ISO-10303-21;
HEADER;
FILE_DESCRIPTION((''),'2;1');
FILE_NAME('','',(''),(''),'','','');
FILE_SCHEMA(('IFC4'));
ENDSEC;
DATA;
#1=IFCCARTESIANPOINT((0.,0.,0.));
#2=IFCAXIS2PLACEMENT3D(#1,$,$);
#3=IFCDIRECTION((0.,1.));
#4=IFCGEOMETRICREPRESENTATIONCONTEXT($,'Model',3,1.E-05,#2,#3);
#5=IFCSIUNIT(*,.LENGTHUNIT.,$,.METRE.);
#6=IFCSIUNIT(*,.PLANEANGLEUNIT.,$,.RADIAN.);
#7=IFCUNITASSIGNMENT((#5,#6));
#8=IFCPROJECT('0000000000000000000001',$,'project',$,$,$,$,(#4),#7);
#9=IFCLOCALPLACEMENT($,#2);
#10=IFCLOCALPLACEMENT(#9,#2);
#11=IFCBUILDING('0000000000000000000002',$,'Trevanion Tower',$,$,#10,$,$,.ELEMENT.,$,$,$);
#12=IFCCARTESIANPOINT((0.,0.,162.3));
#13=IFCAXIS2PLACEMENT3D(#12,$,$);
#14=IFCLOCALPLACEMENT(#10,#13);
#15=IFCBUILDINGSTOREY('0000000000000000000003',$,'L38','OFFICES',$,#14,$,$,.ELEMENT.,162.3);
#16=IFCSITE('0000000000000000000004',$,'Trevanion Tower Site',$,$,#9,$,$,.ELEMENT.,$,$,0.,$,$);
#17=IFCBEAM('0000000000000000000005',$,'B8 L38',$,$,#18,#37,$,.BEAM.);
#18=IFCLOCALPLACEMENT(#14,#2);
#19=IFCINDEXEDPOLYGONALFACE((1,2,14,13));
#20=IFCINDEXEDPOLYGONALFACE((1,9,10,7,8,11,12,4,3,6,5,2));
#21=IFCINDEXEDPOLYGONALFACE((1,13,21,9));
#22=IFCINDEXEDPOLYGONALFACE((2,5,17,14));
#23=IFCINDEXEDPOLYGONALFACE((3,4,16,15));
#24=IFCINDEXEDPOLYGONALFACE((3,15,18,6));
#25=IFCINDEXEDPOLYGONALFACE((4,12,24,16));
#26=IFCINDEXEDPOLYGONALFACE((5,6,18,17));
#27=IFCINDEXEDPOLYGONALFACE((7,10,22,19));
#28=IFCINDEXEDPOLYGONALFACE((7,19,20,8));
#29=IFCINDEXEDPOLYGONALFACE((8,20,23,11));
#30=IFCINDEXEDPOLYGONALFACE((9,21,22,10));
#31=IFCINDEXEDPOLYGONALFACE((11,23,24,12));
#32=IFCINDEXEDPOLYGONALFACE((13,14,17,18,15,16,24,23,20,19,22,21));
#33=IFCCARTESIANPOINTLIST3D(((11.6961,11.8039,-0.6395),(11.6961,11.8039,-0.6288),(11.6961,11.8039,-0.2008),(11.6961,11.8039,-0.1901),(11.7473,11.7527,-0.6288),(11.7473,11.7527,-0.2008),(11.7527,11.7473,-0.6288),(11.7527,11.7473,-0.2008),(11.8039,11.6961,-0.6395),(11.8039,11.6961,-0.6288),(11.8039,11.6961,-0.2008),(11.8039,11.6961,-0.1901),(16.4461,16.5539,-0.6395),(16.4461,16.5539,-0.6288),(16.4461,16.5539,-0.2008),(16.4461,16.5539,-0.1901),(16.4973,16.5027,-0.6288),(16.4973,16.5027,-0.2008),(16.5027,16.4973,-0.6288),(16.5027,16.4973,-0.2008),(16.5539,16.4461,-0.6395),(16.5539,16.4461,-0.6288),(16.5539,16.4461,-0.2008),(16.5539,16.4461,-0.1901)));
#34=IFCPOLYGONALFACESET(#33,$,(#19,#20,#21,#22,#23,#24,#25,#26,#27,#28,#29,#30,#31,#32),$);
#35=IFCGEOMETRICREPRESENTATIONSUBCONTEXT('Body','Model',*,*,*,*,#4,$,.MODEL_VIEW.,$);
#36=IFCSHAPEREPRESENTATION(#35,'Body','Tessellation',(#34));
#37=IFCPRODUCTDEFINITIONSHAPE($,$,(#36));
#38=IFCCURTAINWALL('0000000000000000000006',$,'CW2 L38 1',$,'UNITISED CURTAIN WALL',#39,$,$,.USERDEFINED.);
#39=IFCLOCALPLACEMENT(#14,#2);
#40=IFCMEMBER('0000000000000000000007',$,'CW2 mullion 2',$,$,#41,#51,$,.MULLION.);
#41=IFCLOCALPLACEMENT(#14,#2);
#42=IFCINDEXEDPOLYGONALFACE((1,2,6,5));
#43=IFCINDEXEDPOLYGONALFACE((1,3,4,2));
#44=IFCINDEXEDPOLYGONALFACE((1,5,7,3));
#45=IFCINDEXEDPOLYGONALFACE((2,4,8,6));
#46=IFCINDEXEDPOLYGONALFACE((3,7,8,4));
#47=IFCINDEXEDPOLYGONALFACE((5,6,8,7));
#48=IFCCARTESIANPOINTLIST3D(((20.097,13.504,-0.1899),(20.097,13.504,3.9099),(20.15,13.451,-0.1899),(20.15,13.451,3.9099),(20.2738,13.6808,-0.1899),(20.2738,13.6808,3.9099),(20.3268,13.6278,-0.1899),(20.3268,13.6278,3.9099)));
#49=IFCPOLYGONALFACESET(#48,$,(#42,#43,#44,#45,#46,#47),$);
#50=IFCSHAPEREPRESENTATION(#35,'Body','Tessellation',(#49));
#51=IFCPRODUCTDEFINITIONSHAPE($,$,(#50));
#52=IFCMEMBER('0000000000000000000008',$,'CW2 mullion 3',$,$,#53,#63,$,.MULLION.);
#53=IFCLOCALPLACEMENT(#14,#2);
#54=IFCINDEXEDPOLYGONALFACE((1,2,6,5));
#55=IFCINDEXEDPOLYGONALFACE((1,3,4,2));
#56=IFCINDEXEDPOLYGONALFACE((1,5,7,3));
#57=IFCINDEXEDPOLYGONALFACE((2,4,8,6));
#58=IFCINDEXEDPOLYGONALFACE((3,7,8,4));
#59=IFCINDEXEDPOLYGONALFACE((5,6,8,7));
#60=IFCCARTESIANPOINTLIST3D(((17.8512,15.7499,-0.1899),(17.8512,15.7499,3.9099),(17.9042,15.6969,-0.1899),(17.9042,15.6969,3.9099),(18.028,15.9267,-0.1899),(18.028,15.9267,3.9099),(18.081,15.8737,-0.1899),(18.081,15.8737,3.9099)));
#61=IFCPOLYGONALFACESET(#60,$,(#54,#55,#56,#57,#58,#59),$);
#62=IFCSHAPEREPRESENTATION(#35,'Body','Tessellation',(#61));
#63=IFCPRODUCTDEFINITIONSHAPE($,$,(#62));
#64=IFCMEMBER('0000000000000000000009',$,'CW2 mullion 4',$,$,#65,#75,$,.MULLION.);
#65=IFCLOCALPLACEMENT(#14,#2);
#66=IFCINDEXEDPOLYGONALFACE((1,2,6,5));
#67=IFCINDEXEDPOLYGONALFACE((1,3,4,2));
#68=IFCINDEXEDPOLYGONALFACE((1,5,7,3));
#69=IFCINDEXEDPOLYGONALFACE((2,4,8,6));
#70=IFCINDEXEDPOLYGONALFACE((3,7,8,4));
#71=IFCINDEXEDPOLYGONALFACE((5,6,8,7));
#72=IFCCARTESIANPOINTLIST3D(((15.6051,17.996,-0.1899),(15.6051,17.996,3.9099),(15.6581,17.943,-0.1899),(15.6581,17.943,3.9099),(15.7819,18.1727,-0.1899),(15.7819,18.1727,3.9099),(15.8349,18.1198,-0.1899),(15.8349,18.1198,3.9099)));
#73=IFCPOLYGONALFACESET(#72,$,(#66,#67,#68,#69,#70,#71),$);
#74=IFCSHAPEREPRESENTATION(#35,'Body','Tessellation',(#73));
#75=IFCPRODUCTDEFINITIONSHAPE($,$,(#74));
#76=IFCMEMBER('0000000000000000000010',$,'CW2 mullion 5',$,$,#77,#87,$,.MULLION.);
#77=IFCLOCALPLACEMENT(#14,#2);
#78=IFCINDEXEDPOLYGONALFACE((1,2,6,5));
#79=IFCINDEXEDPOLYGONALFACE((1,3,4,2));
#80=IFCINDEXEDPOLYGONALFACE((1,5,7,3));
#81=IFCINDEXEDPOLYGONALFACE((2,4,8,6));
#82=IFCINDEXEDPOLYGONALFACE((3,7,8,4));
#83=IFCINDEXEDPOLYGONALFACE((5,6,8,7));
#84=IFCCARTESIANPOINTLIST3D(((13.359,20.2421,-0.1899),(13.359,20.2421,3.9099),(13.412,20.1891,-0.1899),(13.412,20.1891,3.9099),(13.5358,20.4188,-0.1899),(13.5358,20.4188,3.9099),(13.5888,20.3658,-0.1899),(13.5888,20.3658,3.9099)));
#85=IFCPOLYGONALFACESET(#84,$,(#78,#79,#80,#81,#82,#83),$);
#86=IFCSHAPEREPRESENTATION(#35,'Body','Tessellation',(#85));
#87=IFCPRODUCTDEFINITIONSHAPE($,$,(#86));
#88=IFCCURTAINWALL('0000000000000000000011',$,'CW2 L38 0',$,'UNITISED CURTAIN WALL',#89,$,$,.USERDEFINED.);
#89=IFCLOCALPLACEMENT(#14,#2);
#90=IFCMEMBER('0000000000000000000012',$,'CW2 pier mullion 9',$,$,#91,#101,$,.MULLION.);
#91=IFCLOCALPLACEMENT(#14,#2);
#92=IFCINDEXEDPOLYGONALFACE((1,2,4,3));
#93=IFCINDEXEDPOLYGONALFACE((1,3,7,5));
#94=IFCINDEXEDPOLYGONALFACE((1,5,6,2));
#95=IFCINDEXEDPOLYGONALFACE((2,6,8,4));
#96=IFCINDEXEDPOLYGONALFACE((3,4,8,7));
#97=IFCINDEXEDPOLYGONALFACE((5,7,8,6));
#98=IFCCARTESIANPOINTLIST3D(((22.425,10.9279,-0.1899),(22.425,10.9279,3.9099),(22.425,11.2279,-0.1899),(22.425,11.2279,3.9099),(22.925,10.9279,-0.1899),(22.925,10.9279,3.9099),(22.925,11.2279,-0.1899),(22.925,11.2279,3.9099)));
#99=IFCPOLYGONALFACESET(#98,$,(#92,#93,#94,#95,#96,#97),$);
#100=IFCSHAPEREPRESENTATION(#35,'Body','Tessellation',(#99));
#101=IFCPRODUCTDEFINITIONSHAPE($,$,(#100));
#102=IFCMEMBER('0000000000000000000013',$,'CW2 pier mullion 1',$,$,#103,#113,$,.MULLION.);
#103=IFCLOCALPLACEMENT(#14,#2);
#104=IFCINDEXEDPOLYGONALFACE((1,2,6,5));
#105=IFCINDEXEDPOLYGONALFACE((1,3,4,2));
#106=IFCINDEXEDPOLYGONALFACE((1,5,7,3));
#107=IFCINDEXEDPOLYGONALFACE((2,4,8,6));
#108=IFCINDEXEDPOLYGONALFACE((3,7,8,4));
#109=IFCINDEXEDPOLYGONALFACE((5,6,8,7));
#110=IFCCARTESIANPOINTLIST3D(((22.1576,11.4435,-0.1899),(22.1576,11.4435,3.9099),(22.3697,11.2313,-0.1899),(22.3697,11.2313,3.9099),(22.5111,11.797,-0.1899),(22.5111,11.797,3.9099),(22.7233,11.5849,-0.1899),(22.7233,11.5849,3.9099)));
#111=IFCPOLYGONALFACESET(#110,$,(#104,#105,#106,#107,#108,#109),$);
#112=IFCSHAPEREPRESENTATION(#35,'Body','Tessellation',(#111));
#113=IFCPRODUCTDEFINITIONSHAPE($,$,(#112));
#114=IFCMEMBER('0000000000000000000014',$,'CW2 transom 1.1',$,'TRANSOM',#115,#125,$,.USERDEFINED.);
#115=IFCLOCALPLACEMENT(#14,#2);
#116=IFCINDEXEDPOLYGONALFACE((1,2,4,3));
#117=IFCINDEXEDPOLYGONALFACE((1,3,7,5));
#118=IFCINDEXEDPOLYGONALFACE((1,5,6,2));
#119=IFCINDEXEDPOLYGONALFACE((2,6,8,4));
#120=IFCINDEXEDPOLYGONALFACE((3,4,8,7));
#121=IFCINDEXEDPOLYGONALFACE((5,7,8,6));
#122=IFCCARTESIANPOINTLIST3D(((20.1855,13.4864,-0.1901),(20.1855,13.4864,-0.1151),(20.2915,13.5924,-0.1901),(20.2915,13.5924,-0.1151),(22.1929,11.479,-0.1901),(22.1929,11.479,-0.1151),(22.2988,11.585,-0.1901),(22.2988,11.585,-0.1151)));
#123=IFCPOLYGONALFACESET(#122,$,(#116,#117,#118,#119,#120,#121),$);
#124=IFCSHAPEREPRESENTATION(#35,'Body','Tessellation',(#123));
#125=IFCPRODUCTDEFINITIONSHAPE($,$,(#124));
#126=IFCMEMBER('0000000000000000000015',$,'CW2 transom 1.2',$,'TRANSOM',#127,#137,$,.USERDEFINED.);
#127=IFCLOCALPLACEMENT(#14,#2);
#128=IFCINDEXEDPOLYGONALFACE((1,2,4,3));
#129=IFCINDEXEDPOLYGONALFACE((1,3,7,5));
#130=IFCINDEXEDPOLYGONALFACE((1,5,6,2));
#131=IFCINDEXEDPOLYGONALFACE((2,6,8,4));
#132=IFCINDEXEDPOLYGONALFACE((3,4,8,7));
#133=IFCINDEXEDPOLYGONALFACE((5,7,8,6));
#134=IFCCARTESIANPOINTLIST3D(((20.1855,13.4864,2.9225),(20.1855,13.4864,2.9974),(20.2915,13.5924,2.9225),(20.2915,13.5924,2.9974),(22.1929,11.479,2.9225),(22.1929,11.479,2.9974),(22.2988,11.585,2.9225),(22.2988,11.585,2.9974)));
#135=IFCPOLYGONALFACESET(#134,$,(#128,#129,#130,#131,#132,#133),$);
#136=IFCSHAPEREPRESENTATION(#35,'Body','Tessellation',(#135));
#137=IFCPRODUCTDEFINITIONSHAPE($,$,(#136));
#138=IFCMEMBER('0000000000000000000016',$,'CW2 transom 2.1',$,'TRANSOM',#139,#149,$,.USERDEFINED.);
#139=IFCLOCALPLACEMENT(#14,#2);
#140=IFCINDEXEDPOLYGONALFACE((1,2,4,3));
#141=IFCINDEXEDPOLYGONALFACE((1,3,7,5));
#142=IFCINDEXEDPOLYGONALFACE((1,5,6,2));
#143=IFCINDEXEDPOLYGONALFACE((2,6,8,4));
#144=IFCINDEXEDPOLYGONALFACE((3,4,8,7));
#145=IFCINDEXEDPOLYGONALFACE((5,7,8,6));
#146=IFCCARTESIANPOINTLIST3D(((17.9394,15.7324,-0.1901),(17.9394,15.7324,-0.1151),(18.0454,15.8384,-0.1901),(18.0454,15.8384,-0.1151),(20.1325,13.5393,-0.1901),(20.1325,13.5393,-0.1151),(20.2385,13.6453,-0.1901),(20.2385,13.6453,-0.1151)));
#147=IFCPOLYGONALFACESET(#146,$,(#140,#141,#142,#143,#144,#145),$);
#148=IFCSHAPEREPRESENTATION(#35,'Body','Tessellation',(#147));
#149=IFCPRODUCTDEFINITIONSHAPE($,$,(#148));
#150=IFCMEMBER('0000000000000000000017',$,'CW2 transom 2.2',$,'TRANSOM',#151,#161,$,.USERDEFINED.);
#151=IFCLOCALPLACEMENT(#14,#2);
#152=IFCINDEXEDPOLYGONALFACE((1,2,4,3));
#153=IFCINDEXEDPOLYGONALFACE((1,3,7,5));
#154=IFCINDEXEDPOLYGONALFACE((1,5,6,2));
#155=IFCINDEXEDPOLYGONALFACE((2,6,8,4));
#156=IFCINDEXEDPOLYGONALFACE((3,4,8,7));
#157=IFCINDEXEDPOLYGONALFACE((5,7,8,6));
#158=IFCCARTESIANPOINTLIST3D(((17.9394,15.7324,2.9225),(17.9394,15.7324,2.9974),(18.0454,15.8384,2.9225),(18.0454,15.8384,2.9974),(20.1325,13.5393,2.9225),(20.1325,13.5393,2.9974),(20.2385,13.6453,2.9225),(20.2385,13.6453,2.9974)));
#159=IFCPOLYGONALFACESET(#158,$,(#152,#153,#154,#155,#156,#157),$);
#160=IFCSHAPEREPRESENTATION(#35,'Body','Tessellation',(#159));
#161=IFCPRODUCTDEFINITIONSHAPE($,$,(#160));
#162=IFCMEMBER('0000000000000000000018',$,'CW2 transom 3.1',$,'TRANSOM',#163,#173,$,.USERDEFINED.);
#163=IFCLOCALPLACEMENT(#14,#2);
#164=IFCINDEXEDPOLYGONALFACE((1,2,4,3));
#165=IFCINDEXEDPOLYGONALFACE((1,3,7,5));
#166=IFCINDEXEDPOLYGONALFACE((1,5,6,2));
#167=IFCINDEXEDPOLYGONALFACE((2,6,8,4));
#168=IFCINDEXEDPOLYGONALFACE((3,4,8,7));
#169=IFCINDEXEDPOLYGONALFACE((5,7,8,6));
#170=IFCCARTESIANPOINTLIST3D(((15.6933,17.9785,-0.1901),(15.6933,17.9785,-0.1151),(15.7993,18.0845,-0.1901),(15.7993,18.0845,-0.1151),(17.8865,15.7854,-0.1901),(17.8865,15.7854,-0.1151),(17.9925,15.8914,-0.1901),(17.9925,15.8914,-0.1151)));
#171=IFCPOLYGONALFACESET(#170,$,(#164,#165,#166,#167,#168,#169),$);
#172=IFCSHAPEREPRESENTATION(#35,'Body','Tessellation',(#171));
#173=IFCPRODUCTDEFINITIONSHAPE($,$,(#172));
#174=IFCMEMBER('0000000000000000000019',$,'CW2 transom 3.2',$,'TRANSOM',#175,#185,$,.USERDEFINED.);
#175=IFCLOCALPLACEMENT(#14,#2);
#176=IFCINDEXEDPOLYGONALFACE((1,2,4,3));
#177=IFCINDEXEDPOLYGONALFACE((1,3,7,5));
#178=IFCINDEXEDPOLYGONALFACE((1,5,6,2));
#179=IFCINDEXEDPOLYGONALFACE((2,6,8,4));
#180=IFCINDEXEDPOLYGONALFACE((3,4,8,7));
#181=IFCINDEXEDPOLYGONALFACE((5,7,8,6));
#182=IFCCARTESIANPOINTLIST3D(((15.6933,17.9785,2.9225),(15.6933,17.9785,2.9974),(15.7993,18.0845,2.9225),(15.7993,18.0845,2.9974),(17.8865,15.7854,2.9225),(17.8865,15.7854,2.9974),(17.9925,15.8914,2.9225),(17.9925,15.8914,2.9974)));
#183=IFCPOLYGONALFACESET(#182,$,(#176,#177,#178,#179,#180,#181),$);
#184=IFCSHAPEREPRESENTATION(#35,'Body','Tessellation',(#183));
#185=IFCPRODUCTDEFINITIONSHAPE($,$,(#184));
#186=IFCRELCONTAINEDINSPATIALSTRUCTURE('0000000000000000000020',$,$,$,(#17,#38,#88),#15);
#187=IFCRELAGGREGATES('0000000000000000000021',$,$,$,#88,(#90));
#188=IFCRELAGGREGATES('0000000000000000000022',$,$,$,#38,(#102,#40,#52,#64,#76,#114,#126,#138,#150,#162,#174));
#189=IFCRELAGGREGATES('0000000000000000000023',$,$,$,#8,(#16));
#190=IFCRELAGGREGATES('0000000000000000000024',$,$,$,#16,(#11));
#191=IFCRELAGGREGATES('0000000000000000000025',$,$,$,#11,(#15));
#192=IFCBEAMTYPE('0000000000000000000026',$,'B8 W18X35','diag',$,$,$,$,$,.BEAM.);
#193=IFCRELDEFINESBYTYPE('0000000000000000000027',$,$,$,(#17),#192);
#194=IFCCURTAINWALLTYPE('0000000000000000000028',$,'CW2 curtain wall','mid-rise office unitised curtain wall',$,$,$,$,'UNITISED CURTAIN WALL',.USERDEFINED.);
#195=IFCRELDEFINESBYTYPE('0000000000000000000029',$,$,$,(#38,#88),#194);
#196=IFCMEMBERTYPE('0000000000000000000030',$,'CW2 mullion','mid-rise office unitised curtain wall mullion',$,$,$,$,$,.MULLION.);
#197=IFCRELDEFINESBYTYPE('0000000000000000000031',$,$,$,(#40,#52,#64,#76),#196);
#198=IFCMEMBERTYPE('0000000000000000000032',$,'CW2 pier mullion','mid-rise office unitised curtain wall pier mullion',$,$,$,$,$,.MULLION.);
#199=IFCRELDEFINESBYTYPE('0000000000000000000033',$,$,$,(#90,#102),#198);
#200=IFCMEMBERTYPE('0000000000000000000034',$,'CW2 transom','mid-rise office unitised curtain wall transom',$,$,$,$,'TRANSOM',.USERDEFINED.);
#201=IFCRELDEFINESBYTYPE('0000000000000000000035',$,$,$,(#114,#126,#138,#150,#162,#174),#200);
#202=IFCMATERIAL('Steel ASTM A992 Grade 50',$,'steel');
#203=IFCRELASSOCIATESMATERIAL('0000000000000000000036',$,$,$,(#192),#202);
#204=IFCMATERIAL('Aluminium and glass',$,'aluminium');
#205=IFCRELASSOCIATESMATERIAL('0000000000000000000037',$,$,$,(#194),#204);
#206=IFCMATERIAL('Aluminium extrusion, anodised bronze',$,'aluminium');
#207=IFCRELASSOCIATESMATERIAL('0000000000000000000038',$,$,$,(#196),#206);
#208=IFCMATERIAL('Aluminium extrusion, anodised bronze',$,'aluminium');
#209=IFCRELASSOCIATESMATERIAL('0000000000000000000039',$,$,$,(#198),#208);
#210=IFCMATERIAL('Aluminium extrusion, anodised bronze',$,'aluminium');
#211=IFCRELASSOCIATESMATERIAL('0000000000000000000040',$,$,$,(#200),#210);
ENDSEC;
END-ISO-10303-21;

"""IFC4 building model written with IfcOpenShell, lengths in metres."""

from ifc_helpers import new_model, si_unit, direction, frame, origin, origin_2d, place, context, subcontext, project, spatial, rectangle, i_section, extrude, material, material_profile, profile_set, type_object, element, aggregate, save


model = new_model("IFC4")

# Units and contexts
model_context = context("Model", 3, precision=1e-05, world=origin(), true_north=direction((0.0, 1.0)))
body_context = subcontext(model_context, "Body", "Model", "MODEL_VIEW")
ifc_project = project(units=[si_unit("LENGTHUNIT", "METRE"), si_unit("PLANEANGLEUNIT", "RADIAN")], contexts=[model_context])

# Site, building, storey
site_placement = place(None, origin())
site = spatial("IfcSite", under=ifc_project, at=site_placement, Name="Trevanion Tower Site", CompositionType="ELEMENT", RefElevation=0.0)
building_placement = place(site_placement, origin())
building = spatial("IfcBuilding", under=site, at=building_placement, Name="Trevanion Tower", CompositionType="ELEMENT")
storey_placement = place(building_placement, frame((0.0, 0.0, 162.3)))
storey = spatial("IfcBuildingStorey", under=building, at=storey_placement, Name="L38", Description="OFFICES", CompositionType="ELEMENT", Elevation=162.3)

# Beam
ifc_material_1 = material(Name="Steel ASTM A992 Grade 50", Category="steel")
ifc_material_profile_1 = material_profile(ifc_material_1, i_section(OverallWidth=0.1523, OverallDepth=0.4495, WebThickness=0.0076, FlangeThickness=0.0107, at=origin_2d()), Name="W18X35")
ifc_profile_set_1 = profile_set([ifc_material_profile_1], Name="Steel ASTM A992 Grade 50")
beam_type_1 = type_object("IfcBeamType", Name="B8 W18X35", Description="diag", PredefinedType="BEAM", material=ifc_profile_set_1)
beam_1_placement = place(storey_placement, frame((11.75, 11.75, -0.4148), z_axis=(0.707107, 0.707107, 0.0), x_axis=(-0.707107, 0.707107, 0.0)))
element("IfcBeam", 1, at=beam_1_placement, inside=storey, type_object=beam_type_1, Name="B8 L38", PredefinedType="BEAM", context=body_context, shape_type="SweptSolid", body=[
    extrude(i_section(OverallWidth=0.1523, OverallDepth=0.4495, WebThickness=0.0076, FlangeThickness=0.0107, at=origin_2d()), origin(), (0.0, 0.0, 1.0), 6.7175),
])

# Curtain wall, members
ifc_material_2 = material(Name="Aluminium and glass", Category="aluminium")
curtain_wall_type = type_object("IfcCurtainWallType", Name="CW2 curtain wall", Description="mid-rise office unitised curtain wall", ElementType="UNITISED CURTAIN WALL", PredefinedType="USERDEFINED", material=ifc_material_2)
curtain_wall_1_placement = place(storey_placement, origin())
curtain_wall_1 = element("IfcCurtainWall", 2, at=curtain_wall_1_placement, inside=storey, type_object=curtain_wall_type, Name="CW2 L38 1", ObjectType="UNITISED CURTAIN WALL", PredefinedType="USERDEFINED")
ifc_material_3 = material(Name="Aluminium extrusion, anodised bronze", Category="aluminium")
ifc_material_profile_2 = material_profile(ifc_material_3, rectangle(XDim=0.075, YDim=0.25, at=origin_2d()), Name="CW2 mullion")
ifc_profile_set_2 = profile_set([ifc_material_profile_2], Name="Aluminium extrusion, anodised bronze")
member_type_1 = type_object("IfcMemberType", Name="CW2 mullion", Description="mid-rise office unitised curtain wall mullion", PredefinedType="MULLION", material=ifc_profile_set_2)
member_1_placement = place(storey_placement, frame((20.2119, 13.5659, -0.1899), z_axis=(0.0, 0.0, 1.0), x_axis=(-0.707107, 0.707107, 0.0)))
member_1 = element("IfcMember", 3, at=member_1_placement, type_object=member_type_1, Name="CW2 mullion 2", PredefinedType="MULLION", context=body_context, shape_type="SweptSolid", body=[
    extrude(rectangle(XDim=0.075, YDim=0.25, at=origin_2d()), origin(), (0.0, 0.0, 1.0), 4.0999),
])
member_2_placement = place(storey_placement, frame((17.9661, 15.8118, -0.1899), z_axis=(0.0, 0.0, 1.0), x_axis=(-0.707107, 0.707107, 0.0)))
member_2 = element("IfcMember", 4, at=member_2_placement, type_object=member_type_1, Name="CW2 mullion 3", PredefinedType="MULLION", context=body_context, shape_type="SweptSolid", body=[
    extrude(rectangle(XDim=0.075, YDim=0.25, at=origin_2d()), origin(), (0.0, 0.0, 1.0), 4.0999),
])
member_3_placement = place(storey_placement, frame((15.72, 18.0579, -0.1899), z_axis=(0.0, 0.0, 1.0), x_axis=(-0.707107, 0.707107, 0.0)))
member_3 = element("IfcMember", 5, at=member_3_placement, type_object=member_type_1, Name="CW2 mullion 4", PredefinedType="MULLION", context=body_context, shape_type="SweptSolid", body=[
    extrude(rectangle(XDim=0.075, YDim=0.25, at=origin_2d()), origin(), (0.0, 0.0, 1.0), 4.0999),
])
member_4_placement = place(storey_placement, frame((13.4739, 20.304, -0.1899), z_axis=(0.0, 0.0, 1.0), x_axis=(-0.707107, 0.707107, 0.0)))
member_4 = element("IfcMember", 6, at=member_4_placement, type_object=member_type_1, Name="CW2 mullion 5", PredefinedType="MULLION", context=body_context, shape_type="SweptSolid", body=[
    extrude(rectangle(XDim=0.075, YDim=0.25, at=origin_2d()), origin(), (0.0, 0.0, 1.0), 4.0999),
])

# Curtain wall, member
curtain_wall_2_placement = place(storey_placement, origin())
curtain_wall_2 = element("IfcCurtainWall", 7, at=curtain_wall_2_placement, inside=storey, type_object=curtain_wall_type, Name="CW2 L38 0", ObjectType="UNITISED CURTAIN WALL", PredefinedType="USERDEFINED")
ifc_material_4 = material(Name="Aluminium extrusion, anodised bronze", Category="aluminium")
ifc_material_profile_3 = material_profile(ifc_material_4, rectangle(XDim=0.3, YDim=0.5, at=origin_2d()), Name="CW2 pier mullion")
ifc_profile_set_3 = profile_set([ifc_material_profile_3], Name="Aluminium extrusion, anodised bronze")
member_type_2 = type_object("IfcMemberType", Name="CW2 pier mullion", Description="mid-rise office unitised curtain wall pier mullion", PredefinedType="MULLION", material=ifc_profile_set_3)
member_5_placement = place(storey_placement, frame((22.675, 11.0779, -0.1899), z_axis=(0.0, 0.0, 1.0), x_axis=(0.0, 1.0, 0.0)))
member_5 = element("IfcMember", 8, at=member_5_placement, type_object=member_type_2, Name="CW2 pier mullion 9", PredefinedType="MULLION", context=body_context, shape_type="SweptSolid", body=[
    extrude(rectangle(XDim=0.3, YDim=0.5, at=origin_2d()), origin(), (0.0, 0.0, 1.0), 4.0999),
])
aggregate(curtain_wall_2, [member_5])

# Members
member_6_placement = place(storey_placement, frame((22.4404, 11.5142, -0.1899), z_axis=(0.0, 0.0, 1.0), x_axis=(-0.707107, 0.707107, 0.0)))
member_6 = element("IfcMember", 9, at=member_6_placement, type_object=member_type_2, Name="CW2 pier mullion 1", PredefinedType="MULLION", context=body_context, shape_type="SweptSolid", body=[
    extrude(rectangle(XDim=0.3, YDim=0.5, at=origin_2d()), origin(), (0.0, 0.0, 1.0), 4.0999),
])
ifc_material_5 = material(Name="Aluminium extrusion, anodised bronze", Category="aluminium")
ifc_material_profile_4 = material_profile(ifc_material_5, rectangle(XDim=0.1499, YDim=0.075, at=origin_2d()), Name="CW2 transom")
ifc_profile_set_4 = profile_set([ifc_material_profile_4], Name="Aluminium extrusion, anodised bronze")
member_type_3 = type_object("IfcMemberType", Name="CW2 transom", Description="mid-rise office unitised curtain wall transom", ElementType="TRANSOM", PredefinedType="USERDEFINED", material=ifc_profile_set_4)
member_7_placement = place(storey_placement, frame((22.2458, 11.532, -0.1526), z_axis=(-0.707107, 0.707107, 0.0), x_axis=(-0.707107, -0.707107, 0.0)))
member_7 = element("IfcMember", 10, at=member_7_placement, type_object=member_type_3, Name="CW2 transom 1.1", ObjectType="TRANSOM", PredefinedType="USERDEFINED", context=body_context, shape_type="SweptSolid", body=[
    extrude(rectangle(XDim=0.1499, YDim=0.075, at=origin_2d()), origin(), (0.0, 0.0, 1.0), 2.8389),
])
member_8_placement = place(storey_placement, frame((22.2458, 11.532, 2.96), z_axis=(-0.707107, 0.707107, 0.0), x_axis=(-0.707107, -0.707107, 0.0)))
member_8 = element("IfcMember", 11, at=member_8_placement, type_object=member_type_3, Name="CW2 transom 1.2", ObjectType="TRANSOM", PredefinedType="USERDEFINED", context=body_context, shape_type="SweptSolid", body=[
    extrude(rectangle(XDim=0.1499, YDim=0.075, at=origin_2d()), origin(), (0.0, 0.0, 1.0), 2.8389),
])
member_9_placement = place(storey_placement, frame((20.1855, 13.5923, -0.1526), z_axis=(-0.707107, 0.707107, 0.0), x_axis=(-0.707107, -0.707107, 0.0)))
member_9 = element("IfcMember", 12, at=member_9_placement, type_object=member_type_3, Name="CW2 transom 2.1", ObjectType="TRANSOM", PredefinedType="USERDEFINED", context=body_context, shape_type="SweptSolid", body=[
    extrude(rectangle(XDim=0.1499, YDim=0.075, at=origin_2d()), origin(), (0.0, 0.0, 1.0), 3.1016),
])
member_10_placement = place(storey_placement, frame((20.1855, 13.5923, 2.96), z_axis=(-0.707107, 0.707107, 0.0), x_axis=(-0.707107, -0.707107, 0.0)))
member_10 = element("IfcMember", 13, at=member_10_placement, type_object=member_type_3, Name="CW2 transom 2.2", ObjectType="TRANSOM", PredefinedType="USERDEFINED", context=body_context, shape_type="SweptSolid", body=[
    extrude(rectangle(XDim=0.1499, YDim=0.075, at=origin_2d()), origin(), (0.0, 0.0, 1.0), 3.1016),
])
member_11_placement = place(storey_placement, frame((17.9395, 15.8384, -0.1526), z_axis=(-0.707107, 0.707107, 0.0), x_axis=(-0.707107, -0.707107, 0.0)))
member_11 = element("IfcMember", 14, at=member_11_placement, type_object=member_type_3, Name="CW2 transom 3.1", ObjectType="TRANSOM", PredefinedType="USERDEFINED", context=body_context, shape_type="SweptSolid", body=[
    extrude(rectangle(XDim=0.1499, YDim=0.075, at=origin_2d()), origin(), (0.0, 0.0, 1.0), 3.1016),
])
member_12_placement = place(storey_placement, frame((17.9395, 15.8384, 2.96), z_axis=(-0.707107, 0.707107, 0.0), x_axis=(-0.707107, -0.707107, 0.0)))
member_12 = element("IfcMember", 15, at=member_12_placement, type_object=member_type_3, Name="CW2 transom 3.2", ObjectType="TRANSOM", PredefinedType="USERDEFINED", context=body_context, shape_type="SweptSolid", body=[
    extrude(rectangle(XDim=0.1499, YDim=0.075, at=origin_2d()), origin(), (0.0, 0.0, 1.0), 3.1016),
])

aggregate(curtain_wall_1, [member_6, member_1, member_2, member_3, member_4, member_7, member_8, member_9, member_10, member_11, member_12])

save(model, "model.ifc")
